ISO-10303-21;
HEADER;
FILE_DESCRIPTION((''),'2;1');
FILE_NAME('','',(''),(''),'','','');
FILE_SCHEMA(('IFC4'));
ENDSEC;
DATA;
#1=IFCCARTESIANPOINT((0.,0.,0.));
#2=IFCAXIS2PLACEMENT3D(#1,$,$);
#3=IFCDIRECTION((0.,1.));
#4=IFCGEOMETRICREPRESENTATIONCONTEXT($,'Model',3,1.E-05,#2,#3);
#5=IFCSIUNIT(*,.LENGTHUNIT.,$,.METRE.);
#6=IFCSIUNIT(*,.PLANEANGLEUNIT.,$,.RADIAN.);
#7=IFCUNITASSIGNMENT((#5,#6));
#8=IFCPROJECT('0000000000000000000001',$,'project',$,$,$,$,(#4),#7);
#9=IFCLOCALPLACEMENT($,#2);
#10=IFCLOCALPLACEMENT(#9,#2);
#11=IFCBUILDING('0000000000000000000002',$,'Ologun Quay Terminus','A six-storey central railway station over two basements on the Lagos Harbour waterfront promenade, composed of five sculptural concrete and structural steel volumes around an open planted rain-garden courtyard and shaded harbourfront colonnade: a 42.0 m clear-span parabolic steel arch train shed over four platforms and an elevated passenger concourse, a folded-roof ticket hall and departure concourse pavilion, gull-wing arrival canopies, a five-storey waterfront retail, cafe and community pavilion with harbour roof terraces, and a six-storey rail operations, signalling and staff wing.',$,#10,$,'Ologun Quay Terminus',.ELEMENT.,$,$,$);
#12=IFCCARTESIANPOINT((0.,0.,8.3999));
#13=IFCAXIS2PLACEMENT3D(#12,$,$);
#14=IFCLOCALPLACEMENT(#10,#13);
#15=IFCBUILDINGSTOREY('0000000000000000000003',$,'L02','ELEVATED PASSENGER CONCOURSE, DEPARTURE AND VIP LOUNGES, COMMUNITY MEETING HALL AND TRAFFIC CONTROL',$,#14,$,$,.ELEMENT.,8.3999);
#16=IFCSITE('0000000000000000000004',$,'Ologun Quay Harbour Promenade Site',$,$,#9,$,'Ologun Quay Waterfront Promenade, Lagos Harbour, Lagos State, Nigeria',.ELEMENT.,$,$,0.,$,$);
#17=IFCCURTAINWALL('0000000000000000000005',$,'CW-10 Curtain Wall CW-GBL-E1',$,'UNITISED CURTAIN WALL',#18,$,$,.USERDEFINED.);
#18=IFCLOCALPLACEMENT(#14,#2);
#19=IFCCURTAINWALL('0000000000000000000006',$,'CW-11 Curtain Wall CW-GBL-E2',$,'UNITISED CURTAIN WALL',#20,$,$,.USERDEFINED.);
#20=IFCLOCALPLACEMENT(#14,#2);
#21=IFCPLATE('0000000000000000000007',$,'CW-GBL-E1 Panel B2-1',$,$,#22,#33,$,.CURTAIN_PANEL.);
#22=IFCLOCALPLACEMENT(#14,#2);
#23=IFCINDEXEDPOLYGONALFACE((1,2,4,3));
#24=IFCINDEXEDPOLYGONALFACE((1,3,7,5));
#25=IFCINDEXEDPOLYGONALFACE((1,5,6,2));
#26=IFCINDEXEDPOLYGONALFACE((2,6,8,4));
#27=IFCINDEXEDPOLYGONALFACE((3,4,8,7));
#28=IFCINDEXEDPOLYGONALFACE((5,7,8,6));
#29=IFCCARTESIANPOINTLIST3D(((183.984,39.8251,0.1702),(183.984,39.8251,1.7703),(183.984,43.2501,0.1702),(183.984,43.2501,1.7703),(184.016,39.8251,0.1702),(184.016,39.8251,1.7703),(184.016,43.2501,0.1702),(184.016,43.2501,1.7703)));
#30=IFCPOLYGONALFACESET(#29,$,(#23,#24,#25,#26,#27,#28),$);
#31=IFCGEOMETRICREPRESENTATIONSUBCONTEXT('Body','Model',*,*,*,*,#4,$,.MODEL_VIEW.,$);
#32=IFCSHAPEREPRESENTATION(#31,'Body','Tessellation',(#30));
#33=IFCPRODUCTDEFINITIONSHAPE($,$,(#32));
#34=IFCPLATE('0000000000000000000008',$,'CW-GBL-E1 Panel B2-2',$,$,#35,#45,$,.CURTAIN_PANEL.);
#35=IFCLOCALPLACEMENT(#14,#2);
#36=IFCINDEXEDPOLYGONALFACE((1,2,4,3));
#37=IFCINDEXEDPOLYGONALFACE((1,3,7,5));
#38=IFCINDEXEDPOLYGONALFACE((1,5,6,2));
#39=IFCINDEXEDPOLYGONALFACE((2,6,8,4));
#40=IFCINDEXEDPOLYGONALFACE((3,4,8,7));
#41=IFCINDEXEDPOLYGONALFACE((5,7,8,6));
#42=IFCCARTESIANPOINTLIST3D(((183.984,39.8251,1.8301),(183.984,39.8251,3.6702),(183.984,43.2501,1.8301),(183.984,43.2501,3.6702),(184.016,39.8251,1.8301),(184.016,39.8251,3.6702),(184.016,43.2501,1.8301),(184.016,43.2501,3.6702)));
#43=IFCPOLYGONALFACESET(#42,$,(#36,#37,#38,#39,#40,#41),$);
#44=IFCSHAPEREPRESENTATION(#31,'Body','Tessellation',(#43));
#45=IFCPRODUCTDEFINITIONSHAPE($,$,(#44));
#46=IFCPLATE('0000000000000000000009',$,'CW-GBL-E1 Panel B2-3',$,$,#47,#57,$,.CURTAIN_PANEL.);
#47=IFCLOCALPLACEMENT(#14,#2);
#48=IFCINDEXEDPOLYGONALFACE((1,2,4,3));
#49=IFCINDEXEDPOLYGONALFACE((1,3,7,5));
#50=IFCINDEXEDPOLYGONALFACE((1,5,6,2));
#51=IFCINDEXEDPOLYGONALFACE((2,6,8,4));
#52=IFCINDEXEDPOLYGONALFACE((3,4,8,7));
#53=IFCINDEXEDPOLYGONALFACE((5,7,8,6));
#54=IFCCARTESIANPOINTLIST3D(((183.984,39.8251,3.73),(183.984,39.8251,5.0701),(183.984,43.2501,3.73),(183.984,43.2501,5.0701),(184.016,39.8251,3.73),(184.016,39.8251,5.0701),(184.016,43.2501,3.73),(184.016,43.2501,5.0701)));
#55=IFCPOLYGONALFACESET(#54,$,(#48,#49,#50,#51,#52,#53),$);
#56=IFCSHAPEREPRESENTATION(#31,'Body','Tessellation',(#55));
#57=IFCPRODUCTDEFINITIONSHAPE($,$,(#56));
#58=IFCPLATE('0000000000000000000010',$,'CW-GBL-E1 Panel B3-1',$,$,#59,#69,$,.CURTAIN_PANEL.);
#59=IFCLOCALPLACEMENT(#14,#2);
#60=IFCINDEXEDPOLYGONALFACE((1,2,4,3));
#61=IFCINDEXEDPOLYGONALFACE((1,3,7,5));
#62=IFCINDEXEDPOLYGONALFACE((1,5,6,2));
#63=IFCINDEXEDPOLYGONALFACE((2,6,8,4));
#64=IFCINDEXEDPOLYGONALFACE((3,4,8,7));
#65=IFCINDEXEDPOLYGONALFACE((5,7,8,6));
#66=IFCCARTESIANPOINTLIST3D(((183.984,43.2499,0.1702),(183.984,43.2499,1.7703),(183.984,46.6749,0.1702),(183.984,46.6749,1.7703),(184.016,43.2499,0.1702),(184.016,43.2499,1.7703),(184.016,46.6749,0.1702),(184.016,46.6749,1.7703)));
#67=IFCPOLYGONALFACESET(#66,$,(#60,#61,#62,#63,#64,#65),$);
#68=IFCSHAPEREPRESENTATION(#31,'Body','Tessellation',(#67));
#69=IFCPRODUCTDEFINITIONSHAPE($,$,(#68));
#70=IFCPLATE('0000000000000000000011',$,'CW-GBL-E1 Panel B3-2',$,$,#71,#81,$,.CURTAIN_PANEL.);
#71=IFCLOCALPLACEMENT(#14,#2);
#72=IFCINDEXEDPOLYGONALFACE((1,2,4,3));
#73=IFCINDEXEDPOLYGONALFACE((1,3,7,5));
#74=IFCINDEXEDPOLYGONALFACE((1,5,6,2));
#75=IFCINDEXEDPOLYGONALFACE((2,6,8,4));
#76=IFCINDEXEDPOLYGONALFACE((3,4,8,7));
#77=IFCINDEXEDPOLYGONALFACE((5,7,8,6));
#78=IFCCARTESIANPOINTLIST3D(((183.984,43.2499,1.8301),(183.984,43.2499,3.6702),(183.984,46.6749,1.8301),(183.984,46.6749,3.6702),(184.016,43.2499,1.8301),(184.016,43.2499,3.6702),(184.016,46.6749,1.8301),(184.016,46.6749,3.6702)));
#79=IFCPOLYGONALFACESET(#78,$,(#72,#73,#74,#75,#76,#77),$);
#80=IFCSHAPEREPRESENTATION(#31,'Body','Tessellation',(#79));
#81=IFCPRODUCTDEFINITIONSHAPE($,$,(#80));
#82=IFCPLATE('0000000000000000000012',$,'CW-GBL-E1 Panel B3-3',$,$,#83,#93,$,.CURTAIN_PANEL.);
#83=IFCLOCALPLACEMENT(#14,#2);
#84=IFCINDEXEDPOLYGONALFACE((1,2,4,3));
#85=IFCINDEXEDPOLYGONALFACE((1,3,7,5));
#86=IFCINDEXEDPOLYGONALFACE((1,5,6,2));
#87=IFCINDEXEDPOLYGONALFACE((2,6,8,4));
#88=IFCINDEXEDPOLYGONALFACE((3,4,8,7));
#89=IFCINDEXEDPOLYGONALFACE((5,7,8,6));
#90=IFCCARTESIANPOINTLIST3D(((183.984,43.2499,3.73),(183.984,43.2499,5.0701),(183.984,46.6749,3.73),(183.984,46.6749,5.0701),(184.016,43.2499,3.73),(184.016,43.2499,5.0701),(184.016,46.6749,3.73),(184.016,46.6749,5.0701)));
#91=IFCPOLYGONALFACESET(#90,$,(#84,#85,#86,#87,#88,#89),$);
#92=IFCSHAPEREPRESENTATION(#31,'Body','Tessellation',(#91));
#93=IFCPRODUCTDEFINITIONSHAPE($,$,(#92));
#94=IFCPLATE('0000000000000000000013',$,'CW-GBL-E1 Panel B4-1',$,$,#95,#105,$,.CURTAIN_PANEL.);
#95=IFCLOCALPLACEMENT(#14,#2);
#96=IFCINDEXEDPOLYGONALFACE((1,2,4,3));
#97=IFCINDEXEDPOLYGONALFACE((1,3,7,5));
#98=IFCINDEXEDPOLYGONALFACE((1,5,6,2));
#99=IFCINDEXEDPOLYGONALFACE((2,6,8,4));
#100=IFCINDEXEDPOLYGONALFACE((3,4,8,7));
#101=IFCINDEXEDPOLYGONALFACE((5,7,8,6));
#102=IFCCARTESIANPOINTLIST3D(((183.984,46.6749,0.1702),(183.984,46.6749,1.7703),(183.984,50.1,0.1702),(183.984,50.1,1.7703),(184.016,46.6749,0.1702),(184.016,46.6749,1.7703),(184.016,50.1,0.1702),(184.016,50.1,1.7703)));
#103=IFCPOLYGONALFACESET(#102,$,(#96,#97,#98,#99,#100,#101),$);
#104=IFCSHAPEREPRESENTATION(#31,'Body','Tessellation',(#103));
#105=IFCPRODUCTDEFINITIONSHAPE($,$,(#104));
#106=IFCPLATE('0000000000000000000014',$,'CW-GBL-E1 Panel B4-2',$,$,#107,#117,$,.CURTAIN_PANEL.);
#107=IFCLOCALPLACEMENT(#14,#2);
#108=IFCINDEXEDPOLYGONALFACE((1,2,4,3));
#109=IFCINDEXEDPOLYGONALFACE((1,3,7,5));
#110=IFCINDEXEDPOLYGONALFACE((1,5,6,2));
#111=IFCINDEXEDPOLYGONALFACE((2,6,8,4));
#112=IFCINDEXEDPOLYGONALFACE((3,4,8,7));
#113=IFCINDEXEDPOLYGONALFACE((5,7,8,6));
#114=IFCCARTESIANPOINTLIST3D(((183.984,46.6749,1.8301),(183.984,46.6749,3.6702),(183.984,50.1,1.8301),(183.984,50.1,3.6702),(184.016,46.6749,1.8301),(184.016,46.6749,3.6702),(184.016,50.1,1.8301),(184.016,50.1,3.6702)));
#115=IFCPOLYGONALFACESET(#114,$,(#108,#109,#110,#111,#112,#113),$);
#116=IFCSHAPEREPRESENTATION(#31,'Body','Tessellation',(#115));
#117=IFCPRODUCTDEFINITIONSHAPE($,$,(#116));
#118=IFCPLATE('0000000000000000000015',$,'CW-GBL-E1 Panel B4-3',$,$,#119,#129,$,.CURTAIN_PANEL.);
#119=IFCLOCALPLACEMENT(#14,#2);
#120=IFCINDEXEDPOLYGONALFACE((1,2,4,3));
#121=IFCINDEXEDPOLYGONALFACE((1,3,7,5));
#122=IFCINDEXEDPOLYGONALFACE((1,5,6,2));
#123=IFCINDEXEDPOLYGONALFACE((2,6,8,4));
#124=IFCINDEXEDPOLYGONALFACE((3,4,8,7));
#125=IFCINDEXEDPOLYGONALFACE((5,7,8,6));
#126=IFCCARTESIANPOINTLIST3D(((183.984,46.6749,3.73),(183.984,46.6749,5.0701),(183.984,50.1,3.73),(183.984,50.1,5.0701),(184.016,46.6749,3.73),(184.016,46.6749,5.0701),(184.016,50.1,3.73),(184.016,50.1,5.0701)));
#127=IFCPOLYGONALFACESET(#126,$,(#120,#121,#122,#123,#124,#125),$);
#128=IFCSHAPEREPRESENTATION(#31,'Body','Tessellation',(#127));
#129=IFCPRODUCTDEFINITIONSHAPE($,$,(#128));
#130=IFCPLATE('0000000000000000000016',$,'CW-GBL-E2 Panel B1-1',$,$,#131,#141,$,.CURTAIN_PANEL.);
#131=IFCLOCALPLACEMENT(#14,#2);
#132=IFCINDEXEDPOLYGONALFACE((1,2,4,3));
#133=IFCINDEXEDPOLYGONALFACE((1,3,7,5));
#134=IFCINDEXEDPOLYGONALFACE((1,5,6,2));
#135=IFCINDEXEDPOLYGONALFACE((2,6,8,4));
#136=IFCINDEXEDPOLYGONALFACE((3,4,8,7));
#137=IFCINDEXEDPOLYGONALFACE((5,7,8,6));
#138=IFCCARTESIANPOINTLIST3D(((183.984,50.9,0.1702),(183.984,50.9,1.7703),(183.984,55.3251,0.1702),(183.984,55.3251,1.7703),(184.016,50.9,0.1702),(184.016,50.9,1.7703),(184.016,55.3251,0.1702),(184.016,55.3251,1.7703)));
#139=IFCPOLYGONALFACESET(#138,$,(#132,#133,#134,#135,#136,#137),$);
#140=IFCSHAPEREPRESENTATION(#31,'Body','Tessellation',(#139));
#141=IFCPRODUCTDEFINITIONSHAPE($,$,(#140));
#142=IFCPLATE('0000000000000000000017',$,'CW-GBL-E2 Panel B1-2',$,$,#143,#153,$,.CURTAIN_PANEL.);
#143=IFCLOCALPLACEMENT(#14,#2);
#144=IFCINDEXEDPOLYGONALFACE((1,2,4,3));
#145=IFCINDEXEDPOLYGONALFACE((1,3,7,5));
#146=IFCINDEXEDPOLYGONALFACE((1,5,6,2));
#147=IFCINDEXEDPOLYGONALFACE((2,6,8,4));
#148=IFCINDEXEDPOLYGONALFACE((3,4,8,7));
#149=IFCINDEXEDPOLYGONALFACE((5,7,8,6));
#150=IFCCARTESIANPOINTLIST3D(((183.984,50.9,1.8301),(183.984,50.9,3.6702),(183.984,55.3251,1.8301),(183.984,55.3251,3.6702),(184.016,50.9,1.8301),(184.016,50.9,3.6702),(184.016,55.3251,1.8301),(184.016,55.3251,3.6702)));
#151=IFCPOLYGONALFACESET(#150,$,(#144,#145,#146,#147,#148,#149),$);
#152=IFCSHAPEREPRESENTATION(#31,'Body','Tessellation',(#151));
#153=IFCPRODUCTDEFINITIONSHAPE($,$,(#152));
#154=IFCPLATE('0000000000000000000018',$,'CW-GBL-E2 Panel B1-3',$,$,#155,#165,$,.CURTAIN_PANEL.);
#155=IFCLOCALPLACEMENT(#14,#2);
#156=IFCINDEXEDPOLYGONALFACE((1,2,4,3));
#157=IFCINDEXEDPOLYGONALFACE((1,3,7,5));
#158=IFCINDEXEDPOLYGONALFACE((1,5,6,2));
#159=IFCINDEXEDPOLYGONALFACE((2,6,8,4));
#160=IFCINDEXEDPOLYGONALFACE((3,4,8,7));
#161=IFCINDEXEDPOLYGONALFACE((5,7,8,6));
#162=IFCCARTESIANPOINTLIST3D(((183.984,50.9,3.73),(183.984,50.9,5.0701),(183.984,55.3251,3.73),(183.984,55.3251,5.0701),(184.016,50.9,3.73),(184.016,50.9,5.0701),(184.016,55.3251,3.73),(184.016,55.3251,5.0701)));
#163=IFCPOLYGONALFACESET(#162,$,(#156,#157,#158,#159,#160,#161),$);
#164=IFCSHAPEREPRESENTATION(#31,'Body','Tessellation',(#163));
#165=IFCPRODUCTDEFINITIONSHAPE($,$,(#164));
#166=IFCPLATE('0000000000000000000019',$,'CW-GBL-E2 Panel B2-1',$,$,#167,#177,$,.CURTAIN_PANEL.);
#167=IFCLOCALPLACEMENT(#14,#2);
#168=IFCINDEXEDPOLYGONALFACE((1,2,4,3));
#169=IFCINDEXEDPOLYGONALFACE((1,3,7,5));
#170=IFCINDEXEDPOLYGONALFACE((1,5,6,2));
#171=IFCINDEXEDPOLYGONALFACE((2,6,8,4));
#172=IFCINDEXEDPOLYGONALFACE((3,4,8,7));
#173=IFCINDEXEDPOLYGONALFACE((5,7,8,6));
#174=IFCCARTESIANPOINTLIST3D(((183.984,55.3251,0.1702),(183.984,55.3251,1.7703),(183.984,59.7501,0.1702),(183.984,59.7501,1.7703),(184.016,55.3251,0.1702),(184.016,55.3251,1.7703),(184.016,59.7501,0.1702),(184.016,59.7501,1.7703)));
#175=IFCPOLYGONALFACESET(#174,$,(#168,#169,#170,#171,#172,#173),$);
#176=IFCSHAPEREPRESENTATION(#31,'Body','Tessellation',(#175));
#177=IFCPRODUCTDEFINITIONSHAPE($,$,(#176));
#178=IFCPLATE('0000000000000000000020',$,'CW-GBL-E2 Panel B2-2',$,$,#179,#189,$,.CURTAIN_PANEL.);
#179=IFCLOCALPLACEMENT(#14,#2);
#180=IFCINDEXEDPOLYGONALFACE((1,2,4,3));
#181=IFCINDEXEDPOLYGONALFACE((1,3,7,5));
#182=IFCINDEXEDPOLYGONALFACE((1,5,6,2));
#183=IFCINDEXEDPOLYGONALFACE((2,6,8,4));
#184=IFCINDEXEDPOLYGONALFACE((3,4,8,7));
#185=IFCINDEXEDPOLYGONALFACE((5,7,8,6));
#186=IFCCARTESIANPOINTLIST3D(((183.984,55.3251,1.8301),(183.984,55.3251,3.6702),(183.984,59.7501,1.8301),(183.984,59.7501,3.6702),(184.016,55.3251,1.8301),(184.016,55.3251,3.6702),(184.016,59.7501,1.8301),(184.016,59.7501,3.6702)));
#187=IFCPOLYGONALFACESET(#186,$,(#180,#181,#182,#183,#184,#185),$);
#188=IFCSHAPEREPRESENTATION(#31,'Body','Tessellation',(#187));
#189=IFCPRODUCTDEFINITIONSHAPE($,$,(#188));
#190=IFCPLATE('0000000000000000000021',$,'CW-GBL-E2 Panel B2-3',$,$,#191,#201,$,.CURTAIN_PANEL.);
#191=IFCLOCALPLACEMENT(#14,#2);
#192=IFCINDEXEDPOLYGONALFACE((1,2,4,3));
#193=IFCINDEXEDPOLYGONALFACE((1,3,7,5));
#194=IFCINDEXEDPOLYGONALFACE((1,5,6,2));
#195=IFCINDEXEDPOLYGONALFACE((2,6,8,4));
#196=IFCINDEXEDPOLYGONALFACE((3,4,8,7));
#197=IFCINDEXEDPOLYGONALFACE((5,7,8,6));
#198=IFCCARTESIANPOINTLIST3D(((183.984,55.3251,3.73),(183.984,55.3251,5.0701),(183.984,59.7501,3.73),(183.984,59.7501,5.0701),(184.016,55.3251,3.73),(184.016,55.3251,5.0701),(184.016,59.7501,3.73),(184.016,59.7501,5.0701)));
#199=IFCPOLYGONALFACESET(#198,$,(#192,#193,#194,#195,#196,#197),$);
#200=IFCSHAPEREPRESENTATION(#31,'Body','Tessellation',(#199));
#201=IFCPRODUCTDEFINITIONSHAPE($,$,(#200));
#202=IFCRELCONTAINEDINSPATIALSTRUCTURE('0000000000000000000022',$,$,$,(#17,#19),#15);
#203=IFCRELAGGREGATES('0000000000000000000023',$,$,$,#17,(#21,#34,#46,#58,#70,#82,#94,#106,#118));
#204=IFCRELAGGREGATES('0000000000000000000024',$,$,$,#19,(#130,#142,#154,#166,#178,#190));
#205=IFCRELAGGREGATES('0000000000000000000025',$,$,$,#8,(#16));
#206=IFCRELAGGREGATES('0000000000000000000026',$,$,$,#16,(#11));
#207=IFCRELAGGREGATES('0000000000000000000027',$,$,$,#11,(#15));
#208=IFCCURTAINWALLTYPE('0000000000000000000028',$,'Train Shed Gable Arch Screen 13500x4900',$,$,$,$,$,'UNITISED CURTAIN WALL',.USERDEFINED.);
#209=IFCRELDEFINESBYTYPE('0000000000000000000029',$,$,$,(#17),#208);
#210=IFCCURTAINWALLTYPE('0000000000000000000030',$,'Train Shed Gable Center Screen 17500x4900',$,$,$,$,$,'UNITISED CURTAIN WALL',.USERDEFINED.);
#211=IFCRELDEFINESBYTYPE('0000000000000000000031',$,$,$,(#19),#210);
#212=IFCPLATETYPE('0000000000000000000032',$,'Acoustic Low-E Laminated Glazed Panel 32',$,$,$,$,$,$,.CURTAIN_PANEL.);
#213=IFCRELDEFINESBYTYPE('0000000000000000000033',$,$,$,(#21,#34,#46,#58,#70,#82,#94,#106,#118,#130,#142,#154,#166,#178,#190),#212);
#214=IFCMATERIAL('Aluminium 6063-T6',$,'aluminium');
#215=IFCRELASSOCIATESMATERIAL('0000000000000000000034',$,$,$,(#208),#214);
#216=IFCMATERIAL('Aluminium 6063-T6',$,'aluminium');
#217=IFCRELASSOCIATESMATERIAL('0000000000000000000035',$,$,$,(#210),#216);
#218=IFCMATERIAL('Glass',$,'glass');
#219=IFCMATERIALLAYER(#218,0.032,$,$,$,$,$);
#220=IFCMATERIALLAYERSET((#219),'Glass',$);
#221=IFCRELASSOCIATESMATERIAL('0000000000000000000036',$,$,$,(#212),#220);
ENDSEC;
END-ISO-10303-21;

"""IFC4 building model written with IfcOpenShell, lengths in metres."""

from ifc_helpers import new_model, si_unit, direction, frame, origin, origin_2d, place, context, subcontext, project, spatial, rectangle, extrude, material, layer, layer_set, type_object, element, aggregate, save


model = new_model("IFC4")

# Units and contexts
model_context = context("Model", 3, precision=1e-05, world=origin(), true_north=direction((0.0, 1.0)))
body_context = subcontext(model_context, "Body", "Model", "MODEL_VIEW")
ifc_project = project(units=[si_unit("LENGTHUNIT", "METRE"), si_unit("PLANEANGLEUNIT", "RADIAN")], contexts=[model_context])

# Site, building, storey
site_placement = place(None, origin())
site = spatial("IfcSite", under=ifc_project, at=site_placement, Name="Ologun Quay Harbour Promenade Site", LongName="Ologun Quay Waterfront Promenade, Lagos Harbour, Lagos State, Nigeria", CompositionType="ELEMENT", RefElevation=0.0)
building_placement = place(site_placement, origin())
building = spatial("IfcBuilding", under=site, at=building_placement, Name="Ologun Quay Terminus", Description="A six-storey central railway station over two basements on the Lagos Harbour waterfront promenade, composed of five sculptural concrete and structural steel volumes around an open planted rain-garden courtyard and shaded harbourfront colonnade: a 42.0 m clear-span parabolic steel arch train shed over four platforms and an elevated passenger concourse, a folded-roof ticket hall and departure concourse pavilion, gull-wing arrival canopies, a five-storey waterfront retail, cafe and community pavilion with harbour roof terraces, and a six-storey rail operations, signalling and staff wing.", LongName="Ologun Quay Terminus", CompositionType="ELEMENT")
storey_placement = place(building_placement, frame((0.0, 0.0, 8.3999)))
storey = spatial("IfcBuildingStorey", under=building, at=storey_placement, Name="L02", Description="ELEVATED PASSENGER CONCOURSE, DEPARTURE AND VIP LOUNGES, COMMUNITY MEETING HALL AND TRAFFIC CONTROL", CompositionType="ELEMENT", Elevation=8.3999)

# Curtain walls
ifc_material_1 = material(Name="Aluminium 6063-T6", Category="aluminium")
curtain_wall_type_1 = type_object("IfcCurtainWallType", Name="Train Shed Gable Arch Screen 13500x4900", ElementType="UNITISED CURTAIN WALL", PredefinedType="USERDEFINED", material=ifc_material_1)
curtain_wall_1_placement = place(storey_placement, origin())
curtain_wall_1 = element("IfcCurtainWall", 1, at=curtain_wall_1_placement, inside=storey, type_object=curtain_wall_type_1, Name="CW-10 Curtain Wall CW-GBL-E1", ObjectType="UNITISED CURTAIN WALL", PredefinedType="USERDEFINED")
ifc_material_2 = material(Name="Aluminium 6063-T6", Category="aluminium")
curtain_wall_type_2 = type_object("IfcCurtainWallType", Name="Train Shed Gable Center Screen 17500x4900", ElementType="UNITISED CURTAIN WALL", PredefinedType="USERDEFINED", material=ifc_material_2)
curtain_wall_2_placement = place(storey_placement, origin())
curtain_wall_2 = element("IfcCurtainWall", 2, at=curtain_wall_2_placement, inside=storey, type_object=curtain_wall_type_2, Name="CW-11 Curtain Wall CW-GBL-E2", ObjectType="UNITISED CURTAIN WALL", PredefinedType="USERDEFINED")

# Plates
ifc_material_3 = material(Name="Glass", Category="glass")
ifc_layer = layer(ifc_material_3, 0.032)
ifc_layer_set = layer_set([ifc_layer], Name="Glass")
plate_type = type_object("IfcPlateType", Name="Acoustic Low-E Laminated Glazed Panel 32", PredefinedType="CURTAIN_PANEL", material=ifc_layer_set)
plate_1_placement = place(storey_placement, frame((184.0, 41.5376, 0.1702), z_axis=(0.0, 0.0, 1.0), x_axis=(0.0, 1.0, 0.0)))
plate_1 = element("IfcPlate", 3, at=plate_1_placement, type_object=plate_type, Name="CW-GBL-E1 Panel B2-1", PredefinedType="CURTAIN_PANEL", context=body_context, shape_type="SweptSolid", body=[
    extrude(rectangle(XDim=3.425, YDim=0.032, at=origin_2d()), origin(), (0.0, 0.0, 1.0), 1.6001),
])
plate_2_placement = place(storey_placement, frame((184.0, 41.5376, 1.8301), z_axis=(0.0, 0.0, 1.0), x_axis=(0.0, 1.0, 0.0)))
plate_2 = element("IfcPlate", 4, at=plate_2_placement, type_object=plate_type, Name="CW-GBL-E1 Panel B2-2", PredefinedType="CURTAIN_PANEL", context=body_context, shape_type="SweptSolid", body=[
    extrude(rectangle(XDim=3.425, YDim=0.032, at=origin_2d()), origin(), (0.0, 0.0, 1.0), 1.8401),
])
plate_3_placement = place(storey_placement, frame((184.0, 41.5376, 3.73), z_axis=(0.0, 0.0, 1.0), x_axis=(0.0, 1.0, 0.0)))
plate_3 = element("IfcPlate", 5, at=plate_3_placement, type_object=plate_type, Name="CW-GBL-E1 Panel B2-3", PredefinedType="CURTAIN_PANEL", context=body_context, shape_type="SweptSolid", body=[
    extrude(rectangle(XDim=3.425, YDim=0.032, at=origin_2d()), origin(), (0.0, 0.0, 1.0), 1.3401),
])
plate_4_placement = place(storey_placement, frame((184.0, 44.9624, 0.1702), z_axis=(0.0, 0.0, 1.0), x_axis=(0.0, 1.0, 0.0)))
plate_4 = element("IfcPlate", 6, at=plate_4_placement, type_object=plate_type, Name="CW-GBL-E1 Panel B3-1", PredefinedType="CURTAIN_PANEL", context=body_context, shape_type="SweptSolid", body=[
    extrude(rectangle(XDim=3.425, YDim=0.032, at=origin_2d()), origin(), (0.0, 0.0, 1.0), 1.6001),
])
plate_5_placement = place(storey_placement, frame((184.0, 44.9624, 1.8301), z_axis=(0.0, 0.0, 1.0), x_axis=(0.0, 1.0, 0.0)))
plate_5 = element("IfcPlate", 7, at=plate_5_placement, type_object=plate_type, Name="CW-GBL-E1 Panel B3-2", PredefinedType="CURTAIN_PANEL", context=body_context, shape_type="SweptSolid", body=[
    extrude(rectangle(XDim=3.425, YDim=0.032, at=origin_2d()), origin(), (0.0, 0.0, 1.0), 1.8401),
])
plate_6_placement = place(storey_placement, frame((184.0, 44.9624, 3.73), z_axis=(0.0, 0.0, 1.0), x_axis=(0.0, 1.0, 0.0)))
plate_6 = element("IfcPlate", 8, at=plate_6_placement, type_object=plate_type, Name="CW-GBL-E1 Panel B3-3", PredefinedType="CURTAIN_PANEL", context=body_context, shape_type="SweptSolid", body=[
    extrude(rectangle(XDim=3.425, YDim=0.032, at=origin_2d()), origin(), (0.0, 0.0, 1.0), 1.3401),
])
plate_7_placement = place(storey_placement, frame((184.0, 48.3875, 0.1702), z_axis=(0.0, 0.0, 1.0), x_axis=(0.0, 1.0, 0.0)))
plate_7 = element("IfcPlate", 9, at=plate_7_placement, type_object=plate_type, Name="CW-GBL-E1 Panel B4-1", PredefinedType="CURTAIN_PANEL", context=body_context, shape_type="SweptSolid", body=[
    extrude(rectangle(XDim=3.425, YDim=0.032, at=origin_2d()), origin(), (0.0, 0.0, 1.0), 1.6001),
])
plate_8_placement = place(storey_placement, frame((184.0, 48.3875, 1.8301), z_axis=(0.0, 0.0, 1.0), x_axis=(0.0, 1.0, 0.0)))
plate_8 = element("IfcPlate", 10, at=plate_8_placement, type_object=plate_type, Name="CW-GBL-E1 Panel B4-2", PredefinedType="CURTAIN_PANEL", context=body_context, shape_type="SweptSolid", body=[
    extrude(rectangle(XDim=3.425, YDim=0.032, at=origin_2d()), origin(), (0.0, 0.0, 1.0), 1.8401),
])
plate_9_placement = place(storey_placement, frame((184.0, 48.3875, 3.73), z_axis=(0.0, 0.0, 1.0), x_axis=(0.0, 1.0, 0.0)))
plate_9 = element("IfcPlate", 11, at=plate_9_placement, type_object=plate_type, Name="CW-GBL-E1 Panel B4-3", PredefinedType="CURTAIN_PANEL", context=body_context, shape_type="SweptSolid", body=[
    extrude(rectangle(XDim=3.425, YDim=0.032, at=origin_2d()), origin(), (0.0, 0.0, 1.0), 1.3401),
])
aggregate(curtain_wall_1, [plate_1, plate_2, plate_3, plate_4, plate_5, plate_6, plate_7, plate_8, plate_9])
plate_10_placement = place(storey_placement, frame((184.0, 53.1125, 0.1702), z_axis=(0.0, 0.0, 1.0), x_axis=(0.0, 1.0, 0.0)))
plate_10 = element("IfcPlate", 12, at=plate_10_placement, type_object=plate_type, Name="CW-GBL-E2 Panel B1-1", PredefinedType="CURTAIN_PANEL", context=body_context, shape_type="SweptSolid", body=[
    extrude(rectangle(XDim=4.425, YDim=0.032, at=origin_2d()), origin(), (0.0, 0.0, 1.0), 1.6001),
])
plate_11_placement = place(storey_placement, frame((184.0, 53.1125, 1.8301), z_axis=(0.0, 0.0, 1.0), x_axis=(0.0, 1.0, 0.0)))
plate_11 = element("IfcPlate", 13, at=plate_11_placement, type_object=plate_type, Name="CW-GBL-E2 Panel B1-2", PredefinedType="CURTAIN_PANEL", context=body_context, shape_type="SweptSolid", body=[
    extrude(rectangle(XDim=4.425, YDim=0.032, at=origin_2d()), origin(), (0.0, 0.0, 1.0), 1.8401),
])
plate_12_placement = place(storey_placement, frame((184.0, 53.1125, 3.73), z_axis=(0.0, 0.0, 1.0), x_axis=(0.0, 1.0, 0.0)))
plate_12 = element("IfcPlate", 14, at=plate_12_placement, type_object=plate_type, Name="CW-GBL-E2 Panel B1-3", PredefinedType="CURTAIN_PANEL", context=body_context, shape_type="SweptSolid", body=[
    extrude(rectangle(XDim=4.425, YDim=0.032, at=origin_2d()), origin(), (0.0, 0.0, 1.0), 1.3401),
])
plate_13_placement = place(storey_placement, frame((184.0, 57.5376, 0.1702), z_axis=(0.0, 0.0, 1.0), x_axis=(0.0, 1.0, 0.0)))
plate_13 = element("IfcPlate", 15, at=plate_13_placement, type_object=plate_type, Name="CW-GBL-E2 Panel B2-1", PredefinedType="CURTAIN_PANEL", context=body_context, shape_type="SweptSolid", body=[
    extrude(rectangle(XDim=4.425, YDim=0.032, at=origin_2d()), origin(), (0.0, 0.0, 1.0), 1.6001),
])
plate_14_placement = place(storey_placement, frame((184.0, 57.5376, 1.8301), z_axis=(0.0, 0.0, 1.0), x_axis=(0.0, 1.0, 0.0)))
plate_14 = element("IfcPlate", 16, at=plate_14_placement, type_object=plate_type, Name="CW-GBL-E2 Panel B2-2", PredefinedType="CURTAIN_PANEL", context=body_context, shape_type="SweptSolid", body=[
    extrude(rectangle(XDim=4.425, YDim=0.032, at=origin_2d()), origin(), (0.0, 0.0, 1.0), 1.8401),
])
plate_15_placement = place(storey_placement, frame((184.0, 57.5376, 3.73), z_axis=(0.0, 0.0, 1.0), x_axis=(0.0, 1.0, 0.0)))
plate_15 = element("IfcPlate", 17, at=plate_15_placement, type_object=plate_type, Name="CW-GBL-E2 Panel B2-3", PredefinedType="CURTAIN_PANEL", context=body_context, shape_type="SweptSolid", body=[
    extrude(rectangle(XDim=4.425, YDim=0.032, at=origin_2d()), origin(), (0.0, 0.0, 1.0), 1.3401),
])
aggregate(curtain_wall_2, [plate_10, plate_11, plate_12, plate_13, plate_14, plate_15])

save(model, "model.ifc")
